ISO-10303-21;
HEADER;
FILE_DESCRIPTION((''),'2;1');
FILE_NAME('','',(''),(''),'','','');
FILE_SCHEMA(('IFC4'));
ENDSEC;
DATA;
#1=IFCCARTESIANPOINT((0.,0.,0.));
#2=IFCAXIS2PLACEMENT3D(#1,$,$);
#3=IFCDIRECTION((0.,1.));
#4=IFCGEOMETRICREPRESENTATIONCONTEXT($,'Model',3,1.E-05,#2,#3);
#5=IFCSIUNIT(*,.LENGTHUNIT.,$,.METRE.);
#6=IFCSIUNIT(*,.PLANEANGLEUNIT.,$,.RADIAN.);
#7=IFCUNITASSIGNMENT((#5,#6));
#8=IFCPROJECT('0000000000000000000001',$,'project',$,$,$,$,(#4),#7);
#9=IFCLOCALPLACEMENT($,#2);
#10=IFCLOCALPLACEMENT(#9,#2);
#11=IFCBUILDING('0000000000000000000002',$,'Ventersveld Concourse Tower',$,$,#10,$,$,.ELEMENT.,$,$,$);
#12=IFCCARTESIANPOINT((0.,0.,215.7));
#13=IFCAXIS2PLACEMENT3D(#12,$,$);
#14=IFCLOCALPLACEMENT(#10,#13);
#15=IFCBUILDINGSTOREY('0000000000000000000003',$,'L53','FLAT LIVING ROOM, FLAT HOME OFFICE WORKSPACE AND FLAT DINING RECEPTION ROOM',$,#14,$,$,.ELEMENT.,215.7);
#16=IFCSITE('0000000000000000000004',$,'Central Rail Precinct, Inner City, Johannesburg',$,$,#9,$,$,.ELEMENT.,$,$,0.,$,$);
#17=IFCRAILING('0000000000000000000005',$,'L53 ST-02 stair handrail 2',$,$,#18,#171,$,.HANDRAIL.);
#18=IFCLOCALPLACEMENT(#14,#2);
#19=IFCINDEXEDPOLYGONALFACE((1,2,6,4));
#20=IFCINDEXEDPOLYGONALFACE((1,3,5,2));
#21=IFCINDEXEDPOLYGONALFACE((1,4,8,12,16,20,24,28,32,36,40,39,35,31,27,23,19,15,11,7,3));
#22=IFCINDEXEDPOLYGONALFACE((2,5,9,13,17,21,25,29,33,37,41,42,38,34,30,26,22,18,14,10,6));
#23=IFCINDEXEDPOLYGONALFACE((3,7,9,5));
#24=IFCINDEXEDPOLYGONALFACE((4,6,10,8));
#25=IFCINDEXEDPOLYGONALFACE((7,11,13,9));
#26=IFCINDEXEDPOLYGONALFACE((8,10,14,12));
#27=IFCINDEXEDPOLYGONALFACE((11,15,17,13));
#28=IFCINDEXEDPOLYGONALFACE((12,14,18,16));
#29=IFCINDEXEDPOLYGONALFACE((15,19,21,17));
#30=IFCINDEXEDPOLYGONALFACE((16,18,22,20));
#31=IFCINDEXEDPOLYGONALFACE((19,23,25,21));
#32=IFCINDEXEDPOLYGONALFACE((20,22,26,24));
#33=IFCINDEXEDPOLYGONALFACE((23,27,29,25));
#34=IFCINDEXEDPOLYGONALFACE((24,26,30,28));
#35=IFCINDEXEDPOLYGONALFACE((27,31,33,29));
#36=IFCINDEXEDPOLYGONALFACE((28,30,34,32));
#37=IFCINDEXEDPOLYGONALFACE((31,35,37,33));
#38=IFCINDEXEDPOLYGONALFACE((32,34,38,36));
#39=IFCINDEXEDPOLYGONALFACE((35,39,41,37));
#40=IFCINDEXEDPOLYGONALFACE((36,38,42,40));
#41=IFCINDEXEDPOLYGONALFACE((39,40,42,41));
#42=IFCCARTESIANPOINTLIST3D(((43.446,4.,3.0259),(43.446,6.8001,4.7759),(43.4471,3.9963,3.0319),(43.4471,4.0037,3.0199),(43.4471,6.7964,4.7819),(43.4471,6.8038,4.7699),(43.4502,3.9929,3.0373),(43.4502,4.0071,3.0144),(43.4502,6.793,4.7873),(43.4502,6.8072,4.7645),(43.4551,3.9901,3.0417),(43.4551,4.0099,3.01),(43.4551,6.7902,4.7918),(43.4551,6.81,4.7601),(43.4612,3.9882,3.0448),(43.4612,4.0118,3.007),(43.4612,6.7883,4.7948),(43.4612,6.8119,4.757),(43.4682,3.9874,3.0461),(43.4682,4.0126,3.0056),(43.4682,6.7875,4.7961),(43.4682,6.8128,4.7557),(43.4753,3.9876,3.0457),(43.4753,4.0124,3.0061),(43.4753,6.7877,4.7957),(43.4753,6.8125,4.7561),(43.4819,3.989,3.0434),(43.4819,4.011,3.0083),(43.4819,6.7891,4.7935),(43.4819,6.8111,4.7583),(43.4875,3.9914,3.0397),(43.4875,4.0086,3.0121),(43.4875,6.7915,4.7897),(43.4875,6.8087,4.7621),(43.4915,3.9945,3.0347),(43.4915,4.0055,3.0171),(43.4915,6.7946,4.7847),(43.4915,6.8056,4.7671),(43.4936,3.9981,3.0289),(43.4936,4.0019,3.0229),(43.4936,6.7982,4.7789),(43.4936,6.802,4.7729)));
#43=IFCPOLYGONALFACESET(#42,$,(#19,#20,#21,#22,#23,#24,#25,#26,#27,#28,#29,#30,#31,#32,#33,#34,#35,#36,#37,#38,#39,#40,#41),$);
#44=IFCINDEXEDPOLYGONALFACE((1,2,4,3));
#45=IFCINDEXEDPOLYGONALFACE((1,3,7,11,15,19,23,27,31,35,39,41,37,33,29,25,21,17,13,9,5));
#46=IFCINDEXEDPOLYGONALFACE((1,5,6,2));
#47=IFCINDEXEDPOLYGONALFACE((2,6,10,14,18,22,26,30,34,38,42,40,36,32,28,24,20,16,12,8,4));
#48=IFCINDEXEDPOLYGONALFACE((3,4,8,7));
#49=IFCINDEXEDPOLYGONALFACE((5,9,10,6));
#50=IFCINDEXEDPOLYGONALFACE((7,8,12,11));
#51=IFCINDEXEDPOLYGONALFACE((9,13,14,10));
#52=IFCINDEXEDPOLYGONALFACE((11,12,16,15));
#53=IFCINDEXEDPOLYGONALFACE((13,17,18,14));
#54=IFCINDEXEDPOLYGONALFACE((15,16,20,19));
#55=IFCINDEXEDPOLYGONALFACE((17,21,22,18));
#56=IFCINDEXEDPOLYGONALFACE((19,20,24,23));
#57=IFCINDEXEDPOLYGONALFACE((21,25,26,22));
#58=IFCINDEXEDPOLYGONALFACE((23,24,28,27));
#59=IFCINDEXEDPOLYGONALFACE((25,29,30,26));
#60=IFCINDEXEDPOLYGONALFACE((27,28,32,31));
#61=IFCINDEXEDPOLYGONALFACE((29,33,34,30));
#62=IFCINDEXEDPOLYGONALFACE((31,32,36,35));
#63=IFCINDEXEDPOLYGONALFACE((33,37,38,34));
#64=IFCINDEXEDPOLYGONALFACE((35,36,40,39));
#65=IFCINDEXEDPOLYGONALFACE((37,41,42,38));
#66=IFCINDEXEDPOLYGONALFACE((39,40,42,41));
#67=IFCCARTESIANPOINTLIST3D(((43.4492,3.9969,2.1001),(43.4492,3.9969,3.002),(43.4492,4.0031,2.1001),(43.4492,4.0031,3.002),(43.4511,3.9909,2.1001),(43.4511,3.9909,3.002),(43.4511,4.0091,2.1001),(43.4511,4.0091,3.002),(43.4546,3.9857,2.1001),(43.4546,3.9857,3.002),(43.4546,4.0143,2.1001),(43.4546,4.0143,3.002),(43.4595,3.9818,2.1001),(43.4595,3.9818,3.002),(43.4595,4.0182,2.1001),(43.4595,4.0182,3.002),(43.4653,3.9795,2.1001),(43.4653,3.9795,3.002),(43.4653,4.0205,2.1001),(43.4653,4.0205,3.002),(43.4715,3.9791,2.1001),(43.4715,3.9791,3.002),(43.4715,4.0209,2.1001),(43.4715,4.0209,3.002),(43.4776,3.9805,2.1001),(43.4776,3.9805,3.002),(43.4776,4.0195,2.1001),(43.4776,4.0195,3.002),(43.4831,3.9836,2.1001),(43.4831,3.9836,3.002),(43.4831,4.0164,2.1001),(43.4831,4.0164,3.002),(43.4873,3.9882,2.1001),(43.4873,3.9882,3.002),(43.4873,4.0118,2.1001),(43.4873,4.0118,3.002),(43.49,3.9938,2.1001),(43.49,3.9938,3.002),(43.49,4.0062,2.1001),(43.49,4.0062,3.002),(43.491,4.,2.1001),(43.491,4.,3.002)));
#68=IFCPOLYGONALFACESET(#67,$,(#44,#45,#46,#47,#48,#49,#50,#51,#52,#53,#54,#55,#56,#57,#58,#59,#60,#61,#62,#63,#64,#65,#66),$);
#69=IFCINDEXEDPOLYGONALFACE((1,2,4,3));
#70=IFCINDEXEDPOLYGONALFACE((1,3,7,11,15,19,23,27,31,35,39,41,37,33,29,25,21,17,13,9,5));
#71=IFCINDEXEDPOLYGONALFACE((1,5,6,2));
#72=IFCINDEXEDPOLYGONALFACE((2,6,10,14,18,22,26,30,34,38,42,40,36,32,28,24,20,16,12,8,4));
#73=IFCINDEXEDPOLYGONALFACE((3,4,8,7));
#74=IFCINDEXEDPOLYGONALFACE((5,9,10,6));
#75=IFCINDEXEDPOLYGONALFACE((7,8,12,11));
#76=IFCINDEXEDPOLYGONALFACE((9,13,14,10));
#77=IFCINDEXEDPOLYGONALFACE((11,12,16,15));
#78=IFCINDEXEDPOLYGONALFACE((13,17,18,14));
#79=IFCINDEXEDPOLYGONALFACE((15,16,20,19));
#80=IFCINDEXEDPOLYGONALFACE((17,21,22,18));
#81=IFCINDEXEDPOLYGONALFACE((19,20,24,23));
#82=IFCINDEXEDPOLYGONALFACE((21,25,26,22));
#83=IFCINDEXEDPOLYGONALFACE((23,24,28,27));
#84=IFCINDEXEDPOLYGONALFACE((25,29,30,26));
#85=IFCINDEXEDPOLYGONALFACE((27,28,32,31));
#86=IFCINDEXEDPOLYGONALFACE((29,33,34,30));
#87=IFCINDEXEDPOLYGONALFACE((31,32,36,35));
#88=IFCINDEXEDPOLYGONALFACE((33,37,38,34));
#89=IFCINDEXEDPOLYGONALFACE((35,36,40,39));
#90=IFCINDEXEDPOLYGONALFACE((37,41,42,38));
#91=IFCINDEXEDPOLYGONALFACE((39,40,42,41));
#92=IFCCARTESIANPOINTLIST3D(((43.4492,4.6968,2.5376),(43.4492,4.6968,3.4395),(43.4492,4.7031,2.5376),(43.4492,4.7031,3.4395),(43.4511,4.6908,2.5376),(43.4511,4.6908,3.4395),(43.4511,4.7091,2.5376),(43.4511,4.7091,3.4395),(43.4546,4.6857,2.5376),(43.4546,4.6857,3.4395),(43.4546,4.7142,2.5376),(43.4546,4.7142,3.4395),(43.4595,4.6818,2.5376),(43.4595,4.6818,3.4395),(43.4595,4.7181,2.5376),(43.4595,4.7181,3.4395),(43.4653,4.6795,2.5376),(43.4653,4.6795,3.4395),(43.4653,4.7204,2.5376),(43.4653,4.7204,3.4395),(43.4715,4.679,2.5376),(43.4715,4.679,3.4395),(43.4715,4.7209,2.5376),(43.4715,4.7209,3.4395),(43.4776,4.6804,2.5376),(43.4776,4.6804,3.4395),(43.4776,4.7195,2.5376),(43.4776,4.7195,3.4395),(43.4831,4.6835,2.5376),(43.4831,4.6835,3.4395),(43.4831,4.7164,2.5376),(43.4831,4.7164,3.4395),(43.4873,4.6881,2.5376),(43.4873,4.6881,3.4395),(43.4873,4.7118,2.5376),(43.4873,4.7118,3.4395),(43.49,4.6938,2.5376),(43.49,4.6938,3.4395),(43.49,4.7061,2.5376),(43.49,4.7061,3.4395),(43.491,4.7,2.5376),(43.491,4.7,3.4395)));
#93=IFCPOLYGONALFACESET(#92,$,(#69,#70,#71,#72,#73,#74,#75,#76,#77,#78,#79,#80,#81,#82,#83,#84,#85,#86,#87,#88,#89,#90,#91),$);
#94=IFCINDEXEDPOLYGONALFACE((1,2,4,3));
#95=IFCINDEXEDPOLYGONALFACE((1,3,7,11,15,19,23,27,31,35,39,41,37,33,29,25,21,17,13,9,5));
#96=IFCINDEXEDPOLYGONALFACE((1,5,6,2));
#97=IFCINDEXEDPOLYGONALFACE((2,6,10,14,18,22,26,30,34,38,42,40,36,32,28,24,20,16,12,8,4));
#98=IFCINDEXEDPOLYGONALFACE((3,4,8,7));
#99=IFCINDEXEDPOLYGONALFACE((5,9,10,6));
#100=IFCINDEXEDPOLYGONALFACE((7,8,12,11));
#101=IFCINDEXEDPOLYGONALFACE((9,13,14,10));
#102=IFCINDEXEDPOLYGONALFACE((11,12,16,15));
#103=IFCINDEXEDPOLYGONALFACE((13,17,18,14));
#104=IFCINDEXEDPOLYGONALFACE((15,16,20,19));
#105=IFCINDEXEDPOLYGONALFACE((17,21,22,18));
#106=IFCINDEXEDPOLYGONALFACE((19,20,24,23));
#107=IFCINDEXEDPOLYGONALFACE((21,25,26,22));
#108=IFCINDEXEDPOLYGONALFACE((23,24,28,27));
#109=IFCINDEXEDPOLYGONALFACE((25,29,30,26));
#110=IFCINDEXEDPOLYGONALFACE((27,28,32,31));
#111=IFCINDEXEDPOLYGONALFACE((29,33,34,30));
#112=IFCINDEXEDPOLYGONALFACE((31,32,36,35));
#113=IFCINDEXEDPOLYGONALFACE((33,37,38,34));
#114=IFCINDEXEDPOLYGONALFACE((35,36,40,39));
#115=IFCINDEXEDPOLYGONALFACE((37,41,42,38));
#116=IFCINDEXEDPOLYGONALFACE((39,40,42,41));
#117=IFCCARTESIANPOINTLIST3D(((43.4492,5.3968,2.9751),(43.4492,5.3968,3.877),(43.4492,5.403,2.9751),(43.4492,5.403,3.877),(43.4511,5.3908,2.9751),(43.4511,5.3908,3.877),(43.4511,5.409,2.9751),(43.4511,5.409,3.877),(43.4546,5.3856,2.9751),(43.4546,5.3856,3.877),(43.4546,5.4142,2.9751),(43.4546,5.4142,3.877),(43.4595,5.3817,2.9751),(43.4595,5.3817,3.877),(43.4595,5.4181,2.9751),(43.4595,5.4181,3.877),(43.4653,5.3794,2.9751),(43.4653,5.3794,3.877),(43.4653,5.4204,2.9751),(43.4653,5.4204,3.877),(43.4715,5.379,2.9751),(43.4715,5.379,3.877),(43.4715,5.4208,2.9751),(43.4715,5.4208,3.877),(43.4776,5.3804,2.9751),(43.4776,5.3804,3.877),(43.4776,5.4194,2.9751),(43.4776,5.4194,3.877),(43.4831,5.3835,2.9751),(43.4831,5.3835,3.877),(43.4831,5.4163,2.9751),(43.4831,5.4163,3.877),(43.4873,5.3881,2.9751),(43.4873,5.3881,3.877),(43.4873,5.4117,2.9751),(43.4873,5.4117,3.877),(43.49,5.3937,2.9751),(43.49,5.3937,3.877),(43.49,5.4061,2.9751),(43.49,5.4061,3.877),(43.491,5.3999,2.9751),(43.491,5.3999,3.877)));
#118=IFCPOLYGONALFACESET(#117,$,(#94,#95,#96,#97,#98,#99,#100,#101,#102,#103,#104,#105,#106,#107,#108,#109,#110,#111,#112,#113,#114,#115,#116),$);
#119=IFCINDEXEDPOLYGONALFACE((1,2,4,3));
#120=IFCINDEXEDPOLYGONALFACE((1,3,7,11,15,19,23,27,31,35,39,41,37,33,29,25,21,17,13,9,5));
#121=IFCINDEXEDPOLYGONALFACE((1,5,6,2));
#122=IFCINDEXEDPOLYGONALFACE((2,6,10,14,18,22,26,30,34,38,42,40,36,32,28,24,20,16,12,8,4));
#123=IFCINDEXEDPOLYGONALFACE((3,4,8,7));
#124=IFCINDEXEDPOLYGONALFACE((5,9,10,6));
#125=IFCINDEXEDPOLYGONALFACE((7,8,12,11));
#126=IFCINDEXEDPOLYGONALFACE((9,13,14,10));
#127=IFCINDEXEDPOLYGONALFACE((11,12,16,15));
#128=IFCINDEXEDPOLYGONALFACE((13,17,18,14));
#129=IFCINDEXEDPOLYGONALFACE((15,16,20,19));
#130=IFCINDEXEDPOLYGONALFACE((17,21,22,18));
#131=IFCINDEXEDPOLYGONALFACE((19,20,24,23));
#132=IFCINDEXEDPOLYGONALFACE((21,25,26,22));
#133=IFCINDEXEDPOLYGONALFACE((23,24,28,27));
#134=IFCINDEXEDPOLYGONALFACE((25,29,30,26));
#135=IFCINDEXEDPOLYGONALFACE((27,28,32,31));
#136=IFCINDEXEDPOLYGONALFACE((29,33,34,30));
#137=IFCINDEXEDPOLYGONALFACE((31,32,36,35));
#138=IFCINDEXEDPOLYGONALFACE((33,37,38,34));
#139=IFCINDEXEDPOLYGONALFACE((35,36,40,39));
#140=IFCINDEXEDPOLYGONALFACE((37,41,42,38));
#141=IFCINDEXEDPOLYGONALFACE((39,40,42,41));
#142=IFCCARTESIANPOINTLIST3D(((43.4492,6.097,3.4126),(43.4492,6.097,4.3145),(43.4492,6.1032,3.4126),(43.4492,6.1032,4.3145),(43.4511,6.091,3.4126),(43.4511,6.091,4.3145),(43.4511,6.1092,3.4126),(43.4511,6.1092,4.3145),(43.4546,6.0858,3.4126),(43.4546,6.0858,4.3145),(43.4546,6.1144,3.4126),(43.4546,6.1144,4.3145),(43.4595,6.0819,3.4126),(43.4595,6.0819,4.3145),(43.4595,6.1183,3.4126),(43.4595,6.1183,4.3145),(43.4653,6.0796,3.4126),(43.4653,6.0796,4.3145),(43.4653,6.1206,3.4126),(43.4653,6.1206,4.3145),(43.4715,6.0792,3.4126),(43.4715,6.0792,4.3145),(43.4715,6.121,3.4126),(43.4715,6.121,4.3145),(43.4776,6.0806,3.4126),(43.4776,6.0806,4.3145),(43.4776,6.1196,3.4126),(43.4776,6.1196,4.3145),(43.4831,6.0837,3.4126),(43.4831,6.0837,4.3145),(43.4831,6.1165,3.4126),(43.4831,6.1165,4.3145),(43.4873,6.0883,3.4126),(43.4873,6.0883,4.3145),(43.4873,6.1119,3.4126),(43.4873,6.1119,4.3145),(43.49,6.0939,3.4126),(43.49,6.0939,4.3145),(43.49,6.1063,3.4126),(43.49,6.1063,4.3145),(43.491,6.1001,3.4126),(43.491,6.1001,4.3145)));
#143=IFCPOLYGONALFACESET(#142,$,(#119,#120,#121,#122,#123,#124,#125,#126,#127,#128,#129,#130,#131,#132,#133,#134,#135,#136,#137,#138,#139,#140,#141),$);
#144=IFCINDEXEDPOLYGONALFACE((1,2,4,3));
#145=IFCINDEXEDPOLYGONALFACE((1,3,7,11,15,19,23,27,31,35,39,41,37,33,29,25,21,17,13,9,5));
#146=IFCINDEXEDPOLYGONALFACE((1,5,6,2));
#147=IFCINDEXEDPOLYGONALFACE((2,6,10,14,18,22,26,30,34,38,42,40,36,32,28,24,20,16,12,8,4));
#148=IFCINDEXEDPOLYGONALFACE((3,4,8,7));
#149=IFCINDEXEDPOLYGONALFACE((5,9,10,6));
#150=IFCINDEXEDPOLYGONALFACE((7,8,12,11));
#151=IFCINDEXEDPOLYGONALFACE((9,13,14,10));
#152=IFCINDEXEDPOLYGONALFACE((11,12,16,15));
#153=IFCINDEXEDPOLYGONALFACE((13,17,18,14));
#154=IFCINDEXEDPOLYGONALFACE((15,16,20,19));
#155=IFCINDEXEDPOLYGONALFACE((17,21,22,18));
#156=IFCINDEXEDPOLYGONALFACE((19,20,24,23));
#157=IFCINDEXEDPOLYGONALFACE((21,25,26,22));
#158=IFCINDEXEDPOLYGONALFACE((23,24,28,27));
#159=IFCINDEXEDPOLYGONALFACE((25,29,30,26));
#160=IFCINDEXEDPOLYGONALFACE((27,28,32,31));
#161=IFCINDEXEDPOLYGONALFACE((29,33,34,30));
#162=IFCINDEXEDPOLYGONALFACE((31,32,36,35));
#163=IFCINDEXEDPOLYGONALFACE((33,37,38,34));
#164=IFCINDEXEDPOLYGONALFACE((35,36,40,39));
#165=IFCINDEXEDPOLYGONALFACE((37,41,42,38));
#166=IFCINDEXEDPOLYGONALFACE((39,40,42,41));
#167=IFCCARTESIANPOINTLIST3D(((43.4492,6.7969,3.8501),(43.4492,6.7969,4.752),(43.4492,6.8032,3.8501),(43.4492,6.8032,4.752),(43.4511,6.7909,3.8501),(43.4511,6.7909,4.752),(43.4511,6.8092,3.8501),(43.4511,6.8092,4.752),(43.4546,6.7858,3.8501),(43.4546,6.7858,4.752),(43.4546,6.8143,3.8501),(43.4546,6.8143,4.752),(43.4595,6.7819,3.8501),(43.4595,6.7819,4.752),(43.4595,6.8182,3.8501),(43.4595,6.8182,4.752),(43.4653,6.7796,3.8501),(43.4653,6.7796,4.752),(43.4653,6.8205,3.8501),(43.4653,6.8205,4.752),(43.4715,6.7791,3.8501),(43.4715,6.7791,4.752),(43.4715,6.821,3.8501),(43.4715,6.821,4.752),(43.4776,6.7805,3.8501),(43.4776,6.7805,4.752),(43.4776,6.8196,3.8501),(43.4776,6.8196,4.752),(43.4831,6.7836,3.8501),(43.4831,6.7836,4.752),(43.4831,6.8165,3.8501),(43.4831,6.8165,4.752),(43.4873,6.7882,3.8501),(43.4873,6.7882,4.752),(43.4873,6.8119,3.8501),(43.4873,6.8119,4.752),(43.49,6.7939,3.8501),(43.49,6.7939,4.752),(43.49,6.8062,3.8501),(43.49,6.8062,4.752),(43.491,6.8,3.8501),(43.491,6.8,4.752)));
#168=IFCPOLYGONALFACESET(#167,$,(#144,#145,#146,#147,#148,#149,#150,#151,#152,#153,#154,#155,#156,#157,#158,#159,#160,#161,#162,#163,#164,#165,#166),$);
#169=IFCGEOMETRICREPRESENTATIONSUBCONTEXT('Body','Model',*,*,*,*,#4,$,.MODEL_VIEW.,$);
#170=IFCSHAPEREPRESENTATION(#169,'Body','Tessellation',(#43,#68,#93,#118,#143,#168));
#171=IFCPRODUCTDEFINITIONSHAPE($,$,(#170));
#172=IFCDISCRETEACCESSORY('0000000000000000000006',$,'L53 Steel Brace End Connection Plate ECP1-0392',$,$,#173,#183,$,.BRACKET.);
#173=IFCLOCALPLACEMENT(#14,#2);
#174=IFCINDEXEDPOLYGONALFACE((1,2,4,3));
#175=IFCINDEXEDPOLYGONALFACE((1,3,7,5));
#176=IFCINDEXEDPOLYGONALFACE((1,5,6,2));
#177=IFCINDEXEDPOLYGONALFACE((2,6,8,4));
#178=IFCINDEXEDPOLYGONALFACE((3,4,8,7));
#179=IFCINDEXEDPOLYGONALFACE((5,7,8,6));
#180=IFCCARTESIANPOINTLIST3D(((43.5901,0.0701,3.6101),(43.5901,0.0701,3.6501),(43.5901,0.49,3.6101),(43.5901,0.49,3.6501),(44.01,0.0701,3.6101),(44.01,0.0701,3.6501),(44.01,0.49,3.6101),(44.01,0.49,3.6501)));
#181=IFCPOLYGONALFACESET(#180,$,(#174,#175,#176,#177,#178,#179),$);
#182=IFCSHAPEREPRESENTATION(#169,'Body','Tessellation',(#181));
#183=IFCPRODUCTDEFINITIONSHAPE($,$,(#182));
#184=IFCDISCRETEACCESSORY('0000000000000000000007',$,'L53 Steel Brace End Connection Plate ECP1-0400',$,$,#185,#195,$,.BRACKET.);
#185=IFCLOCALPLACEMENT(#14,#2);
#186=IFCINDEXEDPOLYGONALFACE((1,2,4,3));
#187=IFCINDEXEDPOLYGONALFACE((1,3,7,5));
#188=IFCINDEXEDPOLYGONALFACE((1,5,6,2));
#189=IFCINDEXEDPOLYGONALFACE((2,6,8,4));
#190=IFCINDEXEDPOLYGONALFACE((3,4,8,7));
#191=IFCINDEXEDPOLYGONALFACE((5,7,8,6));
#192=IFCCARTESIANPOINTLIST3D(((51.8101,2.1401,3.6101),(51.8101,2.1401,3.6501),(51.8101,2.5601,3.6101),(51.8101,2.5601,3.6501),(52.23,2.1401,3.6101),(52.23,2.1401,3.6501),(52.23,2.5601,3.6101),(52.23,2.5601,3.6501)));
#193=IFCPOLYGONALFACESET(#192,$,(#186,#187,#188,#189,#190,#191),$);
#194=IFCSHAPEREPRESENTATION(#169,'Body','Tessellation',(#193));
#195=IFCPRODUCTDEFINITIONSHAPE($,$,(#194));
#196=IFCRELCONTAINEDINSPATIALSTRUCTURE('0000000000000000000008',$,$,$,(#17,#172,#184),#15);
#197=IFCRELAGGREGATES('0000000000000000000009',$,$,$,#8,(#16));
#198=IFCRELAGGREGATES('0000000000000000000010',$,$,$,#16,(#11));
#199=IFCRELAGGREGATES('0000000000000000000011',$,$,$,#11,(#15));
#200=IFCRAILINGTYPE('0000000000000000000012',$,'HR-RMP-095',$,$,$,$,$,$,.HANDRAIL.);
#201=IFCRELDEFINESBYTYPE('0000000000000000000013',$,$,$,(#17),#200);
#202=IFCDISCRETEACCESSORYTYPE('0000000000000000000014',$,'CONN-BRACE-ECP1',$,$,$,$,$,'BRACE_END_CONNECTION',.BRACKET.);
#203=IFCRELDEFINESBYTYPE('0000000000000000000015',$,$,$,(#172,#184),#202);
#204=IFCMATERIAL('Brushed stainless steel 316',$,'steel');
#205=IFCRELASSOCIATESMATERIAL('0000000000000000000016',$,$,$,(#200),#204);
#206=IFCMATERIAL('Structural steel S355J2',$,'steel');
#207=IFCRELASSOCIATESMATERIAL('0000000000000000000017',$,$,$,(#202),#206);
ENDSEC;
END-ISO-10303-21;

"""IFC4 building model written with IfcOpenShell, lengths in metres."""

from ifc_helpers import new_model, si_unit, direction, frame, origin, origin_2d, place, context, subcontext, project, spatial, rectangle, circle, extrude, material, type_object, element, save


model = new_model("IFC4")

# Units and contexts
model_context = context("Model", 3, precision=1e-05, world=origin(), true_north=direction((0.0, 1.0)))
body_context = subcontext(model_context, "Body", "Model", "MODEL_VIEW")
ifc_project = project(units=[si_unit("LENGTHUNIT", "METRE"), si_unit("PLANEANGLEUNIT", "RADIAN")], contexts=[model_context])

# Site, building, storey
site_placement = place(None, origin())
site = spatial("IfcSite", under=ifc_project, at=site_placement, Name="Central Rail Precinct, Inner City, Johannesburg", CompositionType="ELEMENT", RefElevation=0.0)
building_placement = place(site_placement, origin())
building = spatial("IfcBuilding", under=site, at=building_placement, Name="Ventersveld Concourse Tower", CompositionType="ELEMENT")
storey_placement = place(building_placement, frame((0.0, 0.0, 215.7)))
storey = spatial("IfcBuildingStorey", under=building, at=storey_placement, Name="L53", Description="FLAT LIVING ROOM, FLAT HOME OFFICE WORKSPACE AND FLAT DINING RECEPTION ROOM", CompositionType="ELEMENT", Elevation=215.7)

# Shared definitions
ifc_material_1 = material(Name="Structural steel S355J2", Category="steel")

# Railing
ifc_material_2 = material(Name="Brushed stainless steel 316", Category="steel")
railing_type = type_object("IfcRailingType", Name="HR-RMP-095", PredefinedType="HANDRAIL", material=ifc_material_2)
railing_placement = place(storey_placement, frame((43.47, 4.0, 2.1001)))
element("IfcRailing", 1, at=railing_placement, inside=storey, type_object=railing_type, Name="L53 ST-02 stair handrail 2", PredefinedType="HANDRAIL", context=body_context, shape_type="SweptSolid", body=[
    extrude(circle(Radius=0.0239, at=origin_2d()), frame((0.0, 0.0, 0.9258), z_axis=(0.0, 0.848002, 0.529992), x_axis=(-1.0, 0.0, 0.0)), (0.0, 0.0, 1.0), 3.302),
    extrude(circle(Radius=0.021, at=origin_2d()), origin(), (0.0, 0.0, 1.0), 0.9019),
    extrude(circle(Radius=0.021, at=origin_2d()), frame((0.0, 0.7, 0.4375)), (0.0, 0.0, 1.0), 0.9019),
    extrude(circle(Radius=0.021, at=origin_2d()), frame((0.0, 1.3999, 0.875)), (0.0, 0.0, 1.0), 0.9019),
    extrude(circle(Radius=0.021, at=origin_2d()), frame((0.0, 2.1001, 1.3125)), (0.0, 0.0, 1.0), 0.9019),
    extrude(circle(Radius=0.021, at=origin_2d()), frame((0.0, 2.8, 1.75)), (0.0, 0.0, 1.0), 0.9019),
])

# Discrete accessories
discrete_accessory_type = type_object("IfcDiscreteAccessoryType", Name="CONN-BRACE-ECP1", ElementType="BRACE_END_CONNECTION", PredefinedType="BRACKET", material=ifc_material_1)
for number, where, z_axis, x_axis, name in (
    (2, (43.8, 0.28, 3.6101), (0.0, 0.0, 1.0), (1.0, 0.0, 0.0), "L53 Steel Brace End Connection Plate ECP1-0392"),
    (3, (52.02, 2.3501, 3.6101), (0.0, 0.0, 1.0), (1.0, 0.0, 0.0), "L53 Steel Brace End Connection Plate ECP1-0400"),
):
    element("IfcDiscreteAccessory", number, at=place(storey_placement, frame(where, z_axis=z_axis, x_axis=x_axis)), inside=storey, type_object=discrete_accessory_type, Name=name, PredefinedType="BRACKET", context=body_context, shape_type="SweptSolid", body=[
        extrude(rectangle(XDim=0.4199, YDim=0.4199, at=origin_2d()), origin(), (0.0, 0.0, 1.0), 0.04),
    ])

save(model, "model.ifc")
